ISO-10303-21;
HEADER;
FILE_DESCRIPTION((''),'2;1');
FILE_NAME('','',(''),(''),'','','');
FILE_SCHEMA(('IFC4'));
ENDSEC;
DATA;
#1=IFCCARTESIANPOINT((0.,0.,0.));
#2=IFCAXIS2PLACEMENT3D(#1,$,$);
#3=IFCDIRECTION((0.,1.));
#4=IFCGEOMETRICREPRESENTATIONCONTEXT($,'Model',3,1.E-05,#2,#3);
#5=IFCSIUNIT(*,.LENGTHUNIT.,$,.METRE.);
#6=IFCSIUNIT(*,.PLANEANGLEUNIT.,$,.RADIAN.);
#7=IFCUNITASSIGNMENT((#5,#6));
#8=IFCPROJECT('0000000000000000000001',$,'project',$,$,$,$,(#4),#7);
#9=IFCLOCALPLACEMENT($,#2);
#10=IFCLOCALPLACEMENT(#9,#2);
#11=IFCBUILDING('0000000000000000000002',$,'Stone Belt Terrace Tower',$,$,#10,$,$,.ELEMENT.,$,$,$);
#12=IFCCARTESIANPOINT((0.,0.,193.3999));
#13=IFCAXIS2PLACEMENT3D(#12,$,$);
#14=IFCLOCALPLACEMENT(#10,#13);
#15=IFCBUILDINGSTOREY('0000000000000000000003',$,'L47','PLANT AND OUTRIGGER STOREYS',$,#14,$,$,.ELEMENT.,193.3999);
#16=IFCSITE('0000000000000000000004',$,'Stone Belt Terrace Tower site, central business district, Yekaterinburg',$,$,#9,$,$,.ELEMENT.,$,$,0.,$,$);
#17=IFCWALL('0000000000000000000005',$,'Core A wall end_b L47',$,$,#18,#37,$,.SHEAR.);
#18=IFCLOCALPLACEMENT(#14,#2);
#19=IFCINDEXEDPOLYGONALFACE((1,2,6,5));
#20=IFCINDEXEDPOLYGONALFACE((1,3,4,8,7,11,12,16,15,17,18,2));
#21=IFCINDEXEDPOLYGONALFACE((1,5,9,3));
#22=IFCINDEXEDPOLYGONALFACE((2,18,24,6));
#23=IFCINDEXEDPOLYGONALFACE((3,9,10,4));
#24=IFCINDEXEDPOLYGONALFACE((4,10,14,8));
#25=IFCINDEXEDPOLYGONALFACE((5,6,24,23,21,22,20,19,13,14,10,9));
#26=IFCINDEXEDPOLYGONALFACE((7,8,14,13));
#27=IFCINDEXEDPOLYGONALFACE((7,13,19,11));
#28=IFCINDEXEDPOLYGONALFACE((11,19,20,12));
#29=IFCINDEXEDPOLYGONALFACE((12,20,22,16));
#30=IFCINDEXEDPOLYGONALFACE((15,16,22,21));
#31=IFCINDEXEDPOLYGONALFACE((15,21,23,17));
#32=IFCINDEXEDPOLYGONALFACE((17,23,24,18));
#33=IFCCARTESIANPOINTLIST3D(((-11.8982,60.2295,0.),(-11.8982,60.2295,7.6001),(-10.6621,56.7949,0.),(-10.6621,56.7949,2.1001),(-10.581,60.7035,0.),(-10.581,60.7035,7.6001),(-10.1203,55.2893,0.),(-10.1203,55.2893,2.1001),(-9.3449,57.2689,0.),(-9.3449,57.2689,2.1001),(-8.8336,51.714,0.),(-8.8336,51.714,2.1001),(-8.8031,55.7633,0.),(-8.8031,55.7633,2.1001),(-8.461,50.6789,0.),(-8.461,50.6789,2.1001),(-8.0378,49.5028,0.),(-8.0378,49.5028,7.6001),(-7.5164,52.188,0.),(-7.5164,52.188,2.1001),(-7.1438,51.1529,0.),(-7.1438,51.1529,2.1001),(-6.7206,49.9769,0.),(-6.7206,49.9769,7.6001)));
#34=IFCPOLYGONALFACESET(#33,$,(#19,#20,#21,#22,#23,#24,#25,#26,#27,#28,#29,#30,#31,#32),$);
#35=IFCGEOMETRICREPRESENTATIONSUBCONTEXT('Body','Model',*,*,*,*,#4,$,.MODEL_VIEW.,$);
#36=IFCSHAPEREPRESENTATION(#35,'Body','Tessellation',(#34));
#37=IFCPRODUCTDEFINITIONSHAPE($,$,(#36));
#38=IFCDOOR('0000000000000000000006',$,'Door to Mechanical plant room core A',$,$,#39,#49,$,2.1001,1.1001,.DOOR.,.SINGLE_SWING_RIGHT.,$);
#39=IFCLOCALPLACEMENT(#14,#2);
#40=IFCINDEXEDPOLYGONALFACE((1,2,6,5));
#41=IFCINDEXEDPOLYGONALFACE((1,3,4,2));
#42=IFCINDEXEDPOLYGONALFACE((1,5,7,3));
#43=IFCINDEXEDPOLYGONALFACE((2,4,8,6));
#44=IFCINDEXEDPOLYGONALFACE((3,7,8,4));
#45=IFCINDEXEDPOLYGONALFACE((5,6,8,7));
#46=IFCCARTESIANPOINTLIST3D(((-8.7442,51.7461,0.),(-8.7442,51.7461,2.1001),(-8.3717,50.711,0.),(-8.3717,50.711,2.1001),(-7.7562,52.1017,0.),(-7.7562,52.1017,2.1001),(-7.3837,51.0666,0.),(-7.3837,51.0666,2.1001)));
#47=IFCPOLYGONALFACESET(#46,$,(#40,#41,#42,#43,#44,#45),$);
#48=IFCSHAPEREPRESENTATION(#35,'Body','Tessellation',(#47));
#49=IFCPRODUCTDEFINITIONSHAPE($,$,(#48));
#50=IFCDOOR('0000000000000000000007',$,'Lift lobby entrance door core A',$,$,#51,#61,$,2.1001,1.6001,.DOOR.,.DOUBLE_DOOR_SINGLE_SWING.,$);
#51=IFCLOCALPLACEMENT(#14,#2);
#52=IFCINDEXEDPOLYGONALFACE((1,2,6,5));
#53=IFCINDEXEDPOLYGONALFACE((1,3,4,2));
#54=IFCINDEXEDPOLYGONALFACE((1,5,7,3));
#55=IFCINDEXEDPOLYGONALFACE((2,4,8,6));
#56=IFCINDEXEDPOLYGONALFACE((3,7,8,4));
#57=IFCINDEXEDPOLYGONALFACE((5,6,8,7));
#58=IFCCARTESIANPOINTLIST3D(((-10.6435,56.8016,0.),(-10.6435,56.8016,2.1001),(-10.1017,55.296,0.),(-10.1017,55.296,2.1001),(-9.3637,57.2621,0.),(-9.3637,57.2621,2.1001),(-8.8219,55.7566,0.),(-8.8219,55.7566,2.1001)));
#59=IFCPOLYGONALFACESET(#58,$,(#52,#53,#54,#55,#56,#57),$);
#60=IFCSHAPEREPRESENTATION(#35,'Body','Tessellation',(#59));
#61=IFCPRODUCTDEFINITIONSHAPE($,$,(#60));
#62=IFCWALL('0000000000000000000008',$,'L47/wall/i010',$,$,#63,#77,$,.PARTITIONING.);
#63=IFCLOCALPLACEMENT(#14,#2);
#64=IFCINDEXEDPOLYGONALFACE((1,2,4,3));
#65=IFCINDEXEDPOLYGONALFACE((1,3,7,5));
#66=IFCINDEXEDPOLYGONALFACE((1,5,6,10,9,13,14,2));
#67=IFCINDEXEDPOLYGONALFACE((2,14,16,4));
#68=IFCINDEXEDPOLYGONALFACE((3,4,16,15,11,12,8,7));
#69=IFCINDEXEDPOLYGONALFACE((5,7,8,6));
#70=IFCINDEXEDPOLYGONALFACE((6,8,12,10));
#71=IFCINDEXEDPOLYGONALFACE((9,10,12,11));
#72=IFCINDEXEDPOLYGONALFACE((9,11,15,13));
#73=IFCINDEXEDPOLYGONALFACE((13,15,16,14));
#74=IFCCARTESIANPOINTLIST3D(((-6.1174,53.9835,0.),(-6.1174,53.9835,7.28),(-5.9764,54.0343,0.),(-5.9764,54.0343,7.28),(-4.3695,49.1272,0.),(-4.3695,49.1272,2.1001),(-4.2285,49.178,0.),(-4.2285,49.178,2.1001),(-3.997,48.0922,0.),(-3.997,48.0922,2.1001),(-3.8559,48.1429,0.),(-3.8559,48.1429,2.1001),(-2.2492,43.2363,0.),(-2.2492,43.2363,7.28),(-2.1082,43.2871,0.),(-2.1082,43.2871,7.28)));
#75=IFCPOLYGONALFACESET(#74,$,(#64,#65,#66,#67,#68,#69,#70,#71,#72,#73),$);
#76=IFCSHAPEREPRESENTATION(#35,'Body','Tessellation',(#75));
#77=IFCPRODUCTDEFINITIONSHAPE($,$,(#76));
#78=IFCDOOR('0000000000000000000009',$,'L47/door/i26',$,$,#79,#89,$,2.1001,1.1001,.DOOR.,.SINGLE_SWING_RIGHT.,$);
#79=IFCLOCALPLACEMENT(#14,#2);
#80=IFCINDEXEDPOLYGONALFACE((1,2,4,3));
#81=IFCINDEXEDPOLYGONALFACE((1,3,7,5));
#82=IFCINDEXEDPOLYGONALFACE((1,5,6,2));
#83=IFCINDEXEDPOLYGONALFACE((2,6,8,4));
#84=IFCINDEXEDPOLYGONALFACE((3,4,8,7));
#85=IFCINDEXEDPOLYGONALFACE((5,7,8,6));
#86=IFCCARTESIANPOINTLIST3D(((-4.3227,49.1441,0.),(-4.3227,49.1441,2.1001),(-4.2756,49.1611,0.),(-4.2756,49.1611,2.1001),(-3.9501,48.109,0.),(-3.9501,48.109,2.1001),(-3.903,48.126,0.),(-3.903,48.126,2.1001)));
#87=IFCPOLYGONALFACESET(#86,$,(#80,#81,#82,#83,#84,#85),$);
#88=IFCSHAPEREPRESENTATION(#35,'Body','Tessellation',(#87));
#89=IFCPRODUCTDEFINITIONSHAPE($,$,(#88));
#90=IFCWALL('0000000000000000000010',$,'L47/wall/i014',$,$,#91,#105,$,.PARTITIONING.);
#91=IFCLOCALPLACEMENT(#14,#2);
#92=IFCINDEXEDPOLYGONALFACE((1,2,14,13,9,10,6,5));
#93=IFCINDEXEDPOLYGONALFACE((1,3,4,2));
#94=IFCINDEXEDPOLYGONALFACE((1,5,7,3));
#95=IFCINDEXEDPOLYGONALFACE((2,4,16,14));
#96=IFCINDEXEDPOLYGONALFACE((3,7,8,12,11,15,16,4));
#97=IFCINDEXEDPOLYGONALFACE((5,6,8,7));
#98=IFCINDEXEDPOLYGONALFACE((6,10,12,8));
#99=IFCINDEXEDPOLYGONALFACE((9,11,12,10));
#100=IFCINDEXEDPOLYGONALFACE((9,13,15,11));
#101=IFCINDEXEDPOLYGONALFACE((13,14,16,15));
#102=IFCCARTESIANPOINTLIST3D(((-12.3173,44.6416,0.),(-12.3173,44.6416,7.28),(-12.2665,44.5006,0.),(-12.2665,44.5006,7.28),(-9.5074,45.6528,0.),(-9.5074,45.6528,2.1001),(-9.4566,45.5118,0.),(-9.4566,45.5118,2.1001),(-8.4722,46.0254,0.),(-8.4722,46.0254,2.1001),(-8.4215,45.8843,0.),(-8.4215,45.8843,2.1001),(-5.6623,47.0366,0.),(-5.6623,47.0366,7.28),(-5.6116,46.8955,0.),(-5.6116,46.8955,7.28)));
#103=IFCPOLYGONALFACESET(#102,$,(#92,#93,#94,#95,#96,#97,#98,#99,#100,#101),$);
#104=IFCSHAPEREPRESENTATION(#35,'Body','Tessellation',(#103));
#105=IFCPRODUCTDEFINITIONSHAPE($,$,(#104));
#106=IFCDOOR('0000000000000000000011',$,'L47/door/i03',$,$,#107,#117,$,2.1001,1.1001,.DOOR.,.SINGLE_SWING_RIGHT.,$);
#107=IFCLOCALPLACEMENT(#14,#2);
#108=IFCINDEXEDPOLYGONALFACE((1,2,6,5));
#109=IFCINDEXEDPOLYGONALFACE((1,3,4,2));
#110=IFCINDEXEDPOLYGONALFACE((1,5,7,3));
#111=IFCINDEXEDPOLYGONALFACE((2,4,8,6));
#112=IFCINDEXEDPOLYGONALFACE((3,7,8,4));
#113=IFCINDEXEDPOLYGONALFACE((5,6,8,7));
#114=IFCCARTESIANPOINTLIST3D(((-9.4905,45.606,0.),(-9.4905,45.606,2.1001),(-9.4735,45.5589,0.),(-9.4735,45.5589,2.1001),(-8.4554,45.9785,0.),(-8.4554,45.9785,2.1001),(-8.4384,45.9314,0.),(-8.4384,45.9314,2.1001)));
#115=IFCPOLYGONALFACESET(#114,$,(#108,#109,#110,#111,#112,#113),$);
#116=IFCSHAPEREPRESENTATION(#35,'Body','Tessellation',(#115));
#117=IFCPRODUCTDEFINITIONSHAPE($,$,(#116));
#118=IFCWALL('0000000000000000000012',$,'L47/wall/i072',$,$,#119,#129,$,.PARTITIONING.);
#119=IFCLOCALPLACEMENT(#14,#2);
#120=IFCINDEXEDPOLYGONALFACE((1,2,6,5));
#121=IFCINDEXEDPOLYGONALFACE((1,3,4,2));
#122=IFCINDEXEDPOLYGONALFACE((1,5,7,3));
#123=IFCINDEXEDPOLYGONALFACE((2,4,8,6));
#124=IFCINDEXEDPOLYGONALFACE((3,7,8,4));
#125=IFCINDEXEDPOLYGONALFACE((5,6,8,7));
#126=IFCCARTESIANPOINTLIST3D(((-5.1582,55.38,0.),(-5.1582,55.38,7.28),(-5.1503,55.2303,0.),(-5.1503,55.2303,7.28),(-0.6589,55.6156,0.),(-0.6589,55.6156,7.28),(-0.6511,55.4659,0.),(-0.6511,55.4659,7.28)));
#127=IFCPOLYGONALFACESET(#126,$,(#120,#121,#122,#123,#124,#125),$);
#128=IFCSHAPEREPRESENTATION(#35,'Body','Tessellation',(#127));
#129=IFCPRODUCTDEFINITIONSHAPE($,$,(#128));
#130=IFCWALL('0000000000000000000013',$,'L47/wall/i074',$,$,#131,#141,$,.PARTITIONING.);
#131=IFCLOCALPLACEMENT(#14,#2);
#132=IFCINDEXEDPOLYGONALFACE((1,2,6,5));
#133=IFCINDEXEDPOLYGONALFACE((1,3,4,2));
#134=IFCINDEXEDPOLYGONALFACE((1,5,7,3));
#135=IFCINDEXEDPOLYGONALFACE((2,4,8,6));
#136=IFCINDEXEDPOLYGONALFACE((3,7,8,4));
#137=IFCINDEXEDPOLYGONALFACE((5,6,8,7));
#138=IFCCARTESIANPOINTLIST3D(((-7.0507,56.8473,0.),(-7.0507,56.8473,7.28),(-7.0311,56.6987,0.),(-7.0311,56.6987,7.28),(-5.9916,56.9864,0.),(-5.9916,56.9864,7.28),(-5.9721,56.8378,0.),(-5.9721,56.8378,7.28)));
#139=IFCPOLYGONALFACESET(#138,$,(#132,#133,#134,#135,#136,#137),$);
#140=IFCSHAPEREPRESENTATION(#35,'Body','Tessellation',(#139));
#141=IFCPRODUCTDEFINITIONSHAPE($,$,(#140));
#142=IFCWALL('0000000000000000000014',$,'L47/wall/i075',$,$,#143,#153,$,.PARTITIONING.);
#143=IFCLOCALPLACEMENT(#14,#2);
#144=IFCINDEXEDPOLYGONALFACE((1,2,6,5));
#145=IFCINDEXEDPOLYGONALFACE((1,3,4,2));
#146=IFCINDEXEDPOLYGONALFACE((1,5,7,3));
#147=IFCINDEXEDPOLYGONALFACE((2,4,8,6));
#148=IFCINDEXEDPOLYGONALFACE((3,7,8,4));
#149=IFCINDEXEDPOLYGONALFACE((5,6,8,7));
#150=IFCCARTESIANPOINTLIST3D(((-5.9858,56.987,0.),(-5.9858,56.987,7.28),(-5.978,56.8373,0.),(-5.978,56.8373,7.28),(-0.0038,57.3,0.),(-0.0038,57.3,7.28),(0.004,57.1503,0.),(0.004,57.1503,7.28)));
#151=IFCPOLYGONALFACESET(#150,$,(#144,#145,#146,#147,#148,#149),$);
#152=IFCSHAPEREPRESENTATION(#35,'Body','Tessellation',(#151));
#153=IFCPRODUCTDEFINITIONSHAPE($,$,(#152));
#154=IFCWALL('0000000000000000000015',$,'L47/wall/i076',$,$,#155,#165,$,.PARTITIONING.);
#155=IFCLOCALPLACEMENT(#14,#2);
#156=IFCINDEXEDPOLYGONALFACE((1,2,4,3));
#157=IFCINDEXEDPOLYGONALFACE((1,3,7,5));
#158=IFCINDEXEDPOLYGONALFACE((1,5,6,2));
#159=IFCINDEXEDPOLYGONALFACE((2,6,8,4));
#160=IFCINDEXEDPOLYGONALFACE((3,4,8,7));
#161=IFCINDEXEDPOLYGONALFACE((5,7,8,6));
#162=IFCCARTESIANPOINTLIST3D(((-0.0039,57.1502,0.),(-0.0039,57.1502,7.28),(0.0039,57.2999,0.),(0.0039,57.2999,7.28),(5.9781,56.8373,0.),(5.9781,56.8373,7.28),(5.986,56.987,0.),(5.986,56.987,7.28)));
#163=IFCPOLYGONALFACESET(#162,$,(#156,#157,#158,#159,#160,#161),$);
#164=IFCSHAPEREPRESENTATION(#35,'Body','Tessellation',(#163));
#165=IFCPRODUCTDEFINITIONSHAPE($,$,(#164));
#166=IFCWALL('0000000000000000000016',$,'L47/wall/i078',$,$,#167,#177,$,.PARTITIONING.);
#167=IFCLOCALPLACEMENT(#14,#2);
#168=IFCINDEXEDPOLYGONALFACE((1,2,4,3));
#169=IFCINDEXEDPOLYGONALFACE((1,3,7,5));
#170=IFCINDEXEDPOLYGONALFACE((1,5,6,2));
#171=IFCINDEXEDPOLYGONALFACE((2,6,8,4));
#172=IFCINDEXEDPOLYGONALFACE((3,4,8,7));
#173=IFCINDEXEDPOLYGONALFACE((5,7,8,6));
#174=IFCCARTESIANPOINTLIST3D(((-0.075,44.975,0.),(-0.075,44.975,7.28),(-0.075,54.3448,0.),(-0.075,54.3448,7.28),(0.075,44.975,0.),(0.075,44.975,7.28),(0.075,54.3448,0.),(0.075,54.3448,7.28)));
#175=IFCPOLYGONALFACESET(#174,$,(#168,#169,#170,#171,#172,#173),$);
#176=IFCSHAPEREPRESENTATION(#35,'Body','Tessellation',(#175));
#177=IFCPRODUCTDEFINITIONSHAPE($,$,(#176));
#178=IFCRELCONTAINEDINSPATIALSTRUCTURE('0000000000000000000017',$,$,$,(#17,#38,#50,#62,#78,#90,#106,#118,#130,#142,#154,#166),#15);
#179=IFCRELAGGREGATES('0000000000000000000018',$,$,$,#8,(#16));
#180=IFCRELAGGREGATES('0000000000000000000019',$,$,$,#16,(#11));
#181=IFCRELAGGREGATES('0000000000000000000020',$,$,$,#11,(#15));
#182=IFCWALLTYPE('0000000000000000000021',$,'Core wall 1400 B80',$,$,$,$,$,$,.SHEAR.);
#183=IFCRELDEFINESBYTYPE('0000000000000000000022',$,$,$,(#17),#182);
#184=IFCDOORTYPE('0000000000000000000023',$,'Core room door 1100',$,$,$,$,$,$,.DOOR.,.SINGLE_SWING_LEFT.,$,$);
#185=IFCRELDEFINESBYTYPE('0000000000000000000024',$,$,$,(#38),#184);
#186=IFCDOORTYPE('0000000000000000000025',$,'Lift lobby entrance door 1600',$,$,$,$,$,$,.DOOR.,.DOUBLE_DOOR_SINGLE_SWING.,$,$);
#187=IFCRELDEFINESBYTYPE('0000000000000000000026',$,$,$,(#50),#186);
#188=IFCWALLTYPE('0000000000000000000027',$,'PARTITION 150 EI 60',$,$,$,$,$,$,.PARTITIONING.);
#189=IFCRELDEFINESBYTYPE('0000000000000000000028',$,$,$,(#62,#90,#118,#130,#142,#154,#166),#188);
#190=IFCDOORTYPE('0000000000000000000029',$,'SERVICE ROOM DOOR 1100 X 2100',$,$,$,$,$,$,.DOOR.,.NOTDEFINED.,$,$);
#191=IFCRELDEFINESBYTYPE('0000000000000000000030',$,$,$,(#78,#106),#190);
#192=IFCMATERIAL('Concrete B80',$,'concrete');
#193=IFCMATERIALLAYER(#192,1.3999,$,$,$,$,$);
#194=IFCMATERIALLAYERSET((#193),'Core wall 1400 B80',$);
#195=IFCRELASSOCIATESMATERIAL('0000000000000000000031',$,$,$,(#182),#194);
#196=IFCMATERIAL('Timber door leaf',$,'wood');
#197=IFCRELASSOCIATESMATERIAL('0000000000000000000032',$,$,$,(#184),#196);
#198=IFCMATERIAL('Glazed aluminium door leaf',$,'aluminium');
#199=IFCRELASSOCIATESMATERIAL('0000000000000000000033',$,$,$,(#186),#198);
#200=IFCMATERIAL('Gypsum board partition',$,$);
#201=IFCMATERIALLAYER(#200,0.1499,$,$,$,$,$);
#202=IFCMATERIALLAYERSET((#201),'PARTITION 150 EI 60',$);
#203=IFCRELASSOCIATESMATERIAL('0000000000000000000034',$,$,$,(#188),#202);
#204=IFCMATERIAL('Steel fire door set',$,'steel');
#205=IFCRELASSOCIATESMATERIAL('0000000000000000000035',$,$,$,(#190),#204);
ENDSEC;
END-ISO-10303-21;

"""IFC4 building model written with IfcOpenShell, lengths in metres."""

from ifc_helpers import new_model, si_unit, direction, frame, frame_2d, origin, place, context, subcontext, project, spatial, rectangle, extrude, material, layer, layer_set, type_object, element, fill, save


model = new_model("IFC4")

# Units and contexts
model_context = context("Model", 3, precision=1e-05, world=origin(), true_north=direction((0.0, 1.0)))
body_context = subcontext(model_context, "Body", "Model", "MODEL_VIEW")
ifc_project = project(units=[si_unit("LENGTHUNIT", "METRE"), si_unit("PLANEANGLEUNIT", "RADIAN")], contexts=[model_context])

# Site, building, storey
site_placement = place(None, origin())
site = spatial("IfcSite", under=ifc_project, at=site_placement, Name="Stone Belt Terrace Tower site, central business district, Yekaterinburg", CompositionType="ELEMENT", RefElevation=0.0)
building_placement = place(site_placement, origin())
building = spatial("IfcBuilding", under=site, at=building_placement, Name="Stone Belt Terrace Tower", CompositionType="ELEMENT")
storey_placement = place(building_placement, frame((0.0, 0.0, 193.3999)))
storey = spatial("IfcBuildingStorey", under=building, at=storey_placement, Name="L47", Description="PLANT AND OUTRIGGER STOREYS", CompositionType="ELEMENT", Elevation=193.3999)

# Shared definitions
ifc_material_1 = material(Name="Concrete B80", Category="concrete")

# Wall, openings, doors
ifc_layer_1 = layer(ifc_material_1, 1.3999)
ifc_layer_set_1 = layer_set([ifc_layer_1], Name="Core wall 1400 B80")
wall_type_1 = type_object("IfcWallType", Name="Core wall 1400 B80", PredefinedType="SHEAR", material=ifc_layer_set_1)
wall_1_placement = place(storey_placement, frame((-7.3792, 49.7397, 0.0), z_axis=(0.0, 0.0, 1.0), x_axis=(-0.338625, 0.940921, 0.0)))
wall_1 = element("IfcWall", 1, at=wall_1_placement, inside=storey, type_object=wall_type_1, Name="Core A wall end_b L47", PredefinedType="SHEAR", context=body_context, shape_type="SweptSolid", body=[
    extrude(rectangle(XDim=11.4001, YDim=1.3999, at=frame_2d((5.7002, 0.0))), origin(), (0.0, 0.0, 1.0), 7.6001),
])
opening_1_placement = place(wall_1_placement, frame((6.1499, 0.0, 0.0)))
opening_1 = element("IfcOpeningElement", 2, at=opening_1_placement, cuts=wall_1, PredefinedType="OPENING", context=body_context, shape_type="SweptSolid", body=[
    extrude(rectangle(XDim=1.6001, YDim=2.1001, at=frame_2d((0.8, 1.05))), frame((0.0, 0.71, 0.0), z_axis=(0.0, -1.0, 0.0), x_axis=(1.0, 0.0, 0.0)), (0.0, 0.0, 1.0), 1.4199),
])
opening_2_placement = place(wall_1_placement, frame((1.25, 0.0, 0.0)))
opening_2 = element("IfcOpeningElement", 3, at=opening_2_placement, cuts=wall_1, PredefinedType="OPENING", context=body_context, shape_type="SweptSolid", body=[
    extrude(rectangle(XDim=1.1001, YDim=2.1001, at=frame_2d((0.55, 1.05))), frame((0.0, 0.71, 0.0), z_axis=(0.0, -1.0, 0.0), x_axis=(1.0, 0.0, 0.0)), (0.0, 0.0, 1.0), 1.4199),
])
ifc_material_2 = material(Name="Timber door leaf", Category="wood")
door_type_1 = type_object("IfcDoorType", Name="Core room door 1100", OperationType="SINGLE_SWING_LEFT", PredefinedType="DOOR", material=ifc_material_2)
door_1_placement = place(opening_2_placement, origin())
door_1 = element("IfcDoor", 4, at=door_1_placement, inside=storey, type_object=door_type_1, Name="Door to Mechanical plant room core A", OperationType="SINGLE_SWING_RIGHT", OverallHeight=2.1001, OverallWidth=1.1001, PredefinedType="DOOR", context=body_context, shape_type="SweptSolid", body=[
    extrude(rectangle(XDim=1.1001, YDim=2.1001, at=frame_2d((0.55, 1.05))), frame((0.0, 0.605, 0.0), z_axis=(0.0, -1.0, 0.0), x_axis=(1.0, 0.0, 0.0)), (0.0, 0.0, 1.0), 1.05),
])
fill(opening_2, door_1)
ifc_material_3 = material(Name="Glazed aluminium door leaf", Category="aluminium")
door_type_2 = type_object("IfcDoorType", Name="Lift lobby entrance door 1600", OperationType="DOUBLE_DOOR_SINGLE_SWING", PredefinedType="DOOR", material=ifc_material_3)
door_2_placement = place(opening_1_placement, origin())
door_2 = element("IfcDoor", 5, at=door_2_placement, inside=storey, type_object=door_type_2, Name="Lift lobby entrance door core A", OperationType="DOUBLE_DOOR_SINGLE_SWING", OverallHeight=2.1001, OverallWidth=1.6001, PredefinedType="DOOR", context=body_context, shape_type="SweptSolid", body=[
    extrude(rectangle(XDim=1.6001, YDim=2.1001, at=frame_2d((0.8, 1.05))), frame((0.0, 0.6802, 0.0), z_axis=(0.0, -1.0, 0.0), x_axis=(1.0, 0.0, 0.0)), (0.0, 0.0, 1.0), 1.3601),
])
fill(opening_1, door_2)

# Walls, openings, doors
ifc_material_4 = material(Name="Gypsum board partition")
ifc_layer_2 = layer(ifc_material_4, 0.1499)
ifc_layer_set_2 = layer_set([ifc_layer_2], Name="PARTITION 150 EI 60")
wall_type_2 = type_object("IfcWallType", Name="PARTITION 150 EI 60", PredefinedType="PARTITIONING", material=ifc_layer_set_2)
wall_2_placement = place(storey_placement, frame((-6.0469, 54.0088, 0.0), z_axis=(0.0, 0.0, 1.0), x_axis=(0.338659, -0.940909, 0.0)))
wall_2 = element("IfcWall", 6, at=wall_2_placement, inside=storey, type_object=wall_type_2, Name="L47/wall/i010", PredefinedType="PARTITIONING", context=body_context, shape_type="SweptSolid", body=[
    extrude(rectangle(XDim=11.4221, YDim=0.1499, at=frame_2d((5.7109, 0.0))), origin(), (0.0, 0.0, 1.0), 7.28),
])
opening_3_placement = place(wall_2_placement, frame((5.1611, 0.0, 0.0)))
opening_3 = element("IfcOpeningElement", 7, at=opening_3_placement, cuts=wall_2, PredefinedType="OPENING", context=body_context, shape_type="SweptSolid", body=[
    extrude(rectangle(XDim=1.1001, YDim=2.1001, at=frame_2d((0.55, 1.05))), frame((0.0, 0.085, 0.0), z_axis=(0.0, -1.0, 0.0), x_axis=(1.0, 0.0, 0.0)), (0.0, 0.0, 1.0), 0.1699),
])
ifc_material_5 = material(Name="Steel fire door set", Category="steel")
door_type_3 = type_object("IfcDoorType", Name="SERVICE ROOM DOOR 1100 X 2100", OperationType="NOTDEFINED", PredefinedType="DOOR", material=ifc_material_5)
door_3_placement = place(opening_3_placement, origin())
door_3 = element("IfcDoor", 8, at=door_3_placement, inside=storey, type_object=door_type_3, Name="L47/door/i26", OperationType="SINGLE_SWING_RIGHT", OverallHeight=2.1001, OverallWidth=1.1001, PredefinedType="DOOR", context=body_context, shape_type="SweptSolid", body=[
    extrude(rectangle(XDim=1.1001, YDim=2.1001, at=frame_2d((0.55, 1.05))), frame((0.0, 0.0249, 0.0), z_axis=(0.0, -1.0, 0.0), x_axis=(1.0, 0.0, 0.0)), (0.0, 0.0, 1.0), 0.05),
])
fill(opening_3, door_3)
wall_3_placement = place(storey_placement, frame((-5.637, 46.9661, 0.0), z_axis=(0.0, 0.0, 1.0), x_axis=(-0.940923, -0.33862, 0.0)))
wall_3 = element("IfcWall", 9, at=wall_3_placement, inside=storey, type_object=wall_type_2, Name="L47/wall/i014", PredefinedType="PARTITIONING", context=body_context, shape_type="SweptSolid", body=[
    extrude(rectangle(XDim=7.0728, YDim=0.1499, at=frame_2d((3.5364, 0.0))), origin(), (0.0, 0.0, 1.0), 7.28),
])
opening_4_placement = place(wall_3_placement, frame((2.9863, 0.0, 0.0)))
opening_4 = element("IfcOpeningElement", 10, at=opening_4_placement, cuts=wall_3, PredefinedType="OPENING", context=body_context, shape_type="SweptSolid", body=[
    extrude(rectangle(XDim=1.1001, YDim=2.1001, at=frame_2d((0.55, 1.05))), frame((0.0, 0.085, 0.0), z_axis=(0.0, -1.0, 0.0), x_axis=(1.0, 0.0, 0.0)), (0.0, 0.0, 1.0), 0.1699),
])
door_4_placement = place(opening_4_placement, origin())
door_4 = element("IfcDoor", 11, at=door_4_placement, inside=storey, type_object=door_type_3, Name="L47/door/i03", OperationType="SINGLE_SWING_RIGHT", OverallHeight=2.1001, OverallWidth=1.1001, PredefinedType="DOOR", context=body_context, shape_type="SweptSolid", body=[
    extrude(rectangle(XDim=1.1001, YDim=2.1001, at=frame_2d((0.55, 1.05))), frame((0.0, 0.0249, 0.0), z_axis=(0.0, -1.0, 0.0), x_axis=(1.0, 0.0, 0.0)), (0.0, 0.0, 1.0), 0.05),
])
fill(opening_4, door_4)

# Walls
wall_4_placement = place(storey_placement, frame((-0.655, 55.5408, 0.0), z_axis=(0.0, 0.0, 1.0), x_axis=(-0.998632, -0.052291, 0.0)))
element("IfcWall", 12, at=wall_4_placement, inside=storey, type_object=wall_type_2, Name="L47/wall/i072", PredefinedType="PARTITIONING", context=body_context, shape_type="SweptSolid", body=[
    extrude(rectangle(XDim=4.5054, YDim=0.1499, at=frame_2d((2.2527, 0.0))), origin(), (0.0, 0.0, 1.0), 7.28),
])
wall_5_placement = place(storey_placement, frame((-7.041, 56.7729, 0.0), z_axis=(0.0, 0.0, 1.0), x_axis=(0.991478, 0.130277, 0.0)))
element("IfcWall", 13, at=wall_5_placement, inside=storey, type_object=wall_type_2, Name="L47/wall/i074", PredefinedType="PARTITIONING", context=body_context, shape_type="SweptSolid", body=[
    extrude(rectangle(XDim=1.0681, YDim=0.1499, at=frame_2d((0.5342, 0.0))), origin(), (0.0, 0.0, 1.0), 7.28),
])
for number, where, z_axis, x_axis, name in (
    (14, (-5.9819, 56.9121, 0.0), (0.0, 0.0, 1.0), (0.998634, 0.052251, 0.0), "L47/wall/i075"),
    (15, (0.0, 57.2251, 0.0), (0.0, 0.0, 1.0), (0.998634, -0.052251, 0.0), "L47/wall/i076"),
):
    element("IfcWall", number, at=place(storey_placement, frame(where, z_axis=z_axis, x_axis=x_axis)), inside=storey, type_object=wall_type_2, Name=name, PredefinedType="PARTITIONING", context=body_context, shape_type="SweptSolid", body=[
        extrude(rectangle(XDim=5.9902, YDim=0.1499, at=frame_2d((2.9951, 0.0))), origin(), (0.0, 0.0, 1.0), 7.28),
    ])
wall_6_placement = place(storey_placement, frame((0.0, 54.345, 0.0), z_axis=(0.0, 0.0, 1.0), x_axis=(0.0, -1.0, 0.0)))
element("IfcWall", 16, at=wall_6_placement, inside=storey, type_object=wall_type_2, Name="L47/wall/i078", PredefinedType="PARTITIONING", context=body_context, shape_type="SweptSolid", body=[
    extrude(rectangle(XDim=9.3699, YDim=0.1499, at=frame_2d((4.6851, 0.0))), origin(), (0.0, 0.0, 1.0), 7.28),
])

save(model, "model.ifc")
